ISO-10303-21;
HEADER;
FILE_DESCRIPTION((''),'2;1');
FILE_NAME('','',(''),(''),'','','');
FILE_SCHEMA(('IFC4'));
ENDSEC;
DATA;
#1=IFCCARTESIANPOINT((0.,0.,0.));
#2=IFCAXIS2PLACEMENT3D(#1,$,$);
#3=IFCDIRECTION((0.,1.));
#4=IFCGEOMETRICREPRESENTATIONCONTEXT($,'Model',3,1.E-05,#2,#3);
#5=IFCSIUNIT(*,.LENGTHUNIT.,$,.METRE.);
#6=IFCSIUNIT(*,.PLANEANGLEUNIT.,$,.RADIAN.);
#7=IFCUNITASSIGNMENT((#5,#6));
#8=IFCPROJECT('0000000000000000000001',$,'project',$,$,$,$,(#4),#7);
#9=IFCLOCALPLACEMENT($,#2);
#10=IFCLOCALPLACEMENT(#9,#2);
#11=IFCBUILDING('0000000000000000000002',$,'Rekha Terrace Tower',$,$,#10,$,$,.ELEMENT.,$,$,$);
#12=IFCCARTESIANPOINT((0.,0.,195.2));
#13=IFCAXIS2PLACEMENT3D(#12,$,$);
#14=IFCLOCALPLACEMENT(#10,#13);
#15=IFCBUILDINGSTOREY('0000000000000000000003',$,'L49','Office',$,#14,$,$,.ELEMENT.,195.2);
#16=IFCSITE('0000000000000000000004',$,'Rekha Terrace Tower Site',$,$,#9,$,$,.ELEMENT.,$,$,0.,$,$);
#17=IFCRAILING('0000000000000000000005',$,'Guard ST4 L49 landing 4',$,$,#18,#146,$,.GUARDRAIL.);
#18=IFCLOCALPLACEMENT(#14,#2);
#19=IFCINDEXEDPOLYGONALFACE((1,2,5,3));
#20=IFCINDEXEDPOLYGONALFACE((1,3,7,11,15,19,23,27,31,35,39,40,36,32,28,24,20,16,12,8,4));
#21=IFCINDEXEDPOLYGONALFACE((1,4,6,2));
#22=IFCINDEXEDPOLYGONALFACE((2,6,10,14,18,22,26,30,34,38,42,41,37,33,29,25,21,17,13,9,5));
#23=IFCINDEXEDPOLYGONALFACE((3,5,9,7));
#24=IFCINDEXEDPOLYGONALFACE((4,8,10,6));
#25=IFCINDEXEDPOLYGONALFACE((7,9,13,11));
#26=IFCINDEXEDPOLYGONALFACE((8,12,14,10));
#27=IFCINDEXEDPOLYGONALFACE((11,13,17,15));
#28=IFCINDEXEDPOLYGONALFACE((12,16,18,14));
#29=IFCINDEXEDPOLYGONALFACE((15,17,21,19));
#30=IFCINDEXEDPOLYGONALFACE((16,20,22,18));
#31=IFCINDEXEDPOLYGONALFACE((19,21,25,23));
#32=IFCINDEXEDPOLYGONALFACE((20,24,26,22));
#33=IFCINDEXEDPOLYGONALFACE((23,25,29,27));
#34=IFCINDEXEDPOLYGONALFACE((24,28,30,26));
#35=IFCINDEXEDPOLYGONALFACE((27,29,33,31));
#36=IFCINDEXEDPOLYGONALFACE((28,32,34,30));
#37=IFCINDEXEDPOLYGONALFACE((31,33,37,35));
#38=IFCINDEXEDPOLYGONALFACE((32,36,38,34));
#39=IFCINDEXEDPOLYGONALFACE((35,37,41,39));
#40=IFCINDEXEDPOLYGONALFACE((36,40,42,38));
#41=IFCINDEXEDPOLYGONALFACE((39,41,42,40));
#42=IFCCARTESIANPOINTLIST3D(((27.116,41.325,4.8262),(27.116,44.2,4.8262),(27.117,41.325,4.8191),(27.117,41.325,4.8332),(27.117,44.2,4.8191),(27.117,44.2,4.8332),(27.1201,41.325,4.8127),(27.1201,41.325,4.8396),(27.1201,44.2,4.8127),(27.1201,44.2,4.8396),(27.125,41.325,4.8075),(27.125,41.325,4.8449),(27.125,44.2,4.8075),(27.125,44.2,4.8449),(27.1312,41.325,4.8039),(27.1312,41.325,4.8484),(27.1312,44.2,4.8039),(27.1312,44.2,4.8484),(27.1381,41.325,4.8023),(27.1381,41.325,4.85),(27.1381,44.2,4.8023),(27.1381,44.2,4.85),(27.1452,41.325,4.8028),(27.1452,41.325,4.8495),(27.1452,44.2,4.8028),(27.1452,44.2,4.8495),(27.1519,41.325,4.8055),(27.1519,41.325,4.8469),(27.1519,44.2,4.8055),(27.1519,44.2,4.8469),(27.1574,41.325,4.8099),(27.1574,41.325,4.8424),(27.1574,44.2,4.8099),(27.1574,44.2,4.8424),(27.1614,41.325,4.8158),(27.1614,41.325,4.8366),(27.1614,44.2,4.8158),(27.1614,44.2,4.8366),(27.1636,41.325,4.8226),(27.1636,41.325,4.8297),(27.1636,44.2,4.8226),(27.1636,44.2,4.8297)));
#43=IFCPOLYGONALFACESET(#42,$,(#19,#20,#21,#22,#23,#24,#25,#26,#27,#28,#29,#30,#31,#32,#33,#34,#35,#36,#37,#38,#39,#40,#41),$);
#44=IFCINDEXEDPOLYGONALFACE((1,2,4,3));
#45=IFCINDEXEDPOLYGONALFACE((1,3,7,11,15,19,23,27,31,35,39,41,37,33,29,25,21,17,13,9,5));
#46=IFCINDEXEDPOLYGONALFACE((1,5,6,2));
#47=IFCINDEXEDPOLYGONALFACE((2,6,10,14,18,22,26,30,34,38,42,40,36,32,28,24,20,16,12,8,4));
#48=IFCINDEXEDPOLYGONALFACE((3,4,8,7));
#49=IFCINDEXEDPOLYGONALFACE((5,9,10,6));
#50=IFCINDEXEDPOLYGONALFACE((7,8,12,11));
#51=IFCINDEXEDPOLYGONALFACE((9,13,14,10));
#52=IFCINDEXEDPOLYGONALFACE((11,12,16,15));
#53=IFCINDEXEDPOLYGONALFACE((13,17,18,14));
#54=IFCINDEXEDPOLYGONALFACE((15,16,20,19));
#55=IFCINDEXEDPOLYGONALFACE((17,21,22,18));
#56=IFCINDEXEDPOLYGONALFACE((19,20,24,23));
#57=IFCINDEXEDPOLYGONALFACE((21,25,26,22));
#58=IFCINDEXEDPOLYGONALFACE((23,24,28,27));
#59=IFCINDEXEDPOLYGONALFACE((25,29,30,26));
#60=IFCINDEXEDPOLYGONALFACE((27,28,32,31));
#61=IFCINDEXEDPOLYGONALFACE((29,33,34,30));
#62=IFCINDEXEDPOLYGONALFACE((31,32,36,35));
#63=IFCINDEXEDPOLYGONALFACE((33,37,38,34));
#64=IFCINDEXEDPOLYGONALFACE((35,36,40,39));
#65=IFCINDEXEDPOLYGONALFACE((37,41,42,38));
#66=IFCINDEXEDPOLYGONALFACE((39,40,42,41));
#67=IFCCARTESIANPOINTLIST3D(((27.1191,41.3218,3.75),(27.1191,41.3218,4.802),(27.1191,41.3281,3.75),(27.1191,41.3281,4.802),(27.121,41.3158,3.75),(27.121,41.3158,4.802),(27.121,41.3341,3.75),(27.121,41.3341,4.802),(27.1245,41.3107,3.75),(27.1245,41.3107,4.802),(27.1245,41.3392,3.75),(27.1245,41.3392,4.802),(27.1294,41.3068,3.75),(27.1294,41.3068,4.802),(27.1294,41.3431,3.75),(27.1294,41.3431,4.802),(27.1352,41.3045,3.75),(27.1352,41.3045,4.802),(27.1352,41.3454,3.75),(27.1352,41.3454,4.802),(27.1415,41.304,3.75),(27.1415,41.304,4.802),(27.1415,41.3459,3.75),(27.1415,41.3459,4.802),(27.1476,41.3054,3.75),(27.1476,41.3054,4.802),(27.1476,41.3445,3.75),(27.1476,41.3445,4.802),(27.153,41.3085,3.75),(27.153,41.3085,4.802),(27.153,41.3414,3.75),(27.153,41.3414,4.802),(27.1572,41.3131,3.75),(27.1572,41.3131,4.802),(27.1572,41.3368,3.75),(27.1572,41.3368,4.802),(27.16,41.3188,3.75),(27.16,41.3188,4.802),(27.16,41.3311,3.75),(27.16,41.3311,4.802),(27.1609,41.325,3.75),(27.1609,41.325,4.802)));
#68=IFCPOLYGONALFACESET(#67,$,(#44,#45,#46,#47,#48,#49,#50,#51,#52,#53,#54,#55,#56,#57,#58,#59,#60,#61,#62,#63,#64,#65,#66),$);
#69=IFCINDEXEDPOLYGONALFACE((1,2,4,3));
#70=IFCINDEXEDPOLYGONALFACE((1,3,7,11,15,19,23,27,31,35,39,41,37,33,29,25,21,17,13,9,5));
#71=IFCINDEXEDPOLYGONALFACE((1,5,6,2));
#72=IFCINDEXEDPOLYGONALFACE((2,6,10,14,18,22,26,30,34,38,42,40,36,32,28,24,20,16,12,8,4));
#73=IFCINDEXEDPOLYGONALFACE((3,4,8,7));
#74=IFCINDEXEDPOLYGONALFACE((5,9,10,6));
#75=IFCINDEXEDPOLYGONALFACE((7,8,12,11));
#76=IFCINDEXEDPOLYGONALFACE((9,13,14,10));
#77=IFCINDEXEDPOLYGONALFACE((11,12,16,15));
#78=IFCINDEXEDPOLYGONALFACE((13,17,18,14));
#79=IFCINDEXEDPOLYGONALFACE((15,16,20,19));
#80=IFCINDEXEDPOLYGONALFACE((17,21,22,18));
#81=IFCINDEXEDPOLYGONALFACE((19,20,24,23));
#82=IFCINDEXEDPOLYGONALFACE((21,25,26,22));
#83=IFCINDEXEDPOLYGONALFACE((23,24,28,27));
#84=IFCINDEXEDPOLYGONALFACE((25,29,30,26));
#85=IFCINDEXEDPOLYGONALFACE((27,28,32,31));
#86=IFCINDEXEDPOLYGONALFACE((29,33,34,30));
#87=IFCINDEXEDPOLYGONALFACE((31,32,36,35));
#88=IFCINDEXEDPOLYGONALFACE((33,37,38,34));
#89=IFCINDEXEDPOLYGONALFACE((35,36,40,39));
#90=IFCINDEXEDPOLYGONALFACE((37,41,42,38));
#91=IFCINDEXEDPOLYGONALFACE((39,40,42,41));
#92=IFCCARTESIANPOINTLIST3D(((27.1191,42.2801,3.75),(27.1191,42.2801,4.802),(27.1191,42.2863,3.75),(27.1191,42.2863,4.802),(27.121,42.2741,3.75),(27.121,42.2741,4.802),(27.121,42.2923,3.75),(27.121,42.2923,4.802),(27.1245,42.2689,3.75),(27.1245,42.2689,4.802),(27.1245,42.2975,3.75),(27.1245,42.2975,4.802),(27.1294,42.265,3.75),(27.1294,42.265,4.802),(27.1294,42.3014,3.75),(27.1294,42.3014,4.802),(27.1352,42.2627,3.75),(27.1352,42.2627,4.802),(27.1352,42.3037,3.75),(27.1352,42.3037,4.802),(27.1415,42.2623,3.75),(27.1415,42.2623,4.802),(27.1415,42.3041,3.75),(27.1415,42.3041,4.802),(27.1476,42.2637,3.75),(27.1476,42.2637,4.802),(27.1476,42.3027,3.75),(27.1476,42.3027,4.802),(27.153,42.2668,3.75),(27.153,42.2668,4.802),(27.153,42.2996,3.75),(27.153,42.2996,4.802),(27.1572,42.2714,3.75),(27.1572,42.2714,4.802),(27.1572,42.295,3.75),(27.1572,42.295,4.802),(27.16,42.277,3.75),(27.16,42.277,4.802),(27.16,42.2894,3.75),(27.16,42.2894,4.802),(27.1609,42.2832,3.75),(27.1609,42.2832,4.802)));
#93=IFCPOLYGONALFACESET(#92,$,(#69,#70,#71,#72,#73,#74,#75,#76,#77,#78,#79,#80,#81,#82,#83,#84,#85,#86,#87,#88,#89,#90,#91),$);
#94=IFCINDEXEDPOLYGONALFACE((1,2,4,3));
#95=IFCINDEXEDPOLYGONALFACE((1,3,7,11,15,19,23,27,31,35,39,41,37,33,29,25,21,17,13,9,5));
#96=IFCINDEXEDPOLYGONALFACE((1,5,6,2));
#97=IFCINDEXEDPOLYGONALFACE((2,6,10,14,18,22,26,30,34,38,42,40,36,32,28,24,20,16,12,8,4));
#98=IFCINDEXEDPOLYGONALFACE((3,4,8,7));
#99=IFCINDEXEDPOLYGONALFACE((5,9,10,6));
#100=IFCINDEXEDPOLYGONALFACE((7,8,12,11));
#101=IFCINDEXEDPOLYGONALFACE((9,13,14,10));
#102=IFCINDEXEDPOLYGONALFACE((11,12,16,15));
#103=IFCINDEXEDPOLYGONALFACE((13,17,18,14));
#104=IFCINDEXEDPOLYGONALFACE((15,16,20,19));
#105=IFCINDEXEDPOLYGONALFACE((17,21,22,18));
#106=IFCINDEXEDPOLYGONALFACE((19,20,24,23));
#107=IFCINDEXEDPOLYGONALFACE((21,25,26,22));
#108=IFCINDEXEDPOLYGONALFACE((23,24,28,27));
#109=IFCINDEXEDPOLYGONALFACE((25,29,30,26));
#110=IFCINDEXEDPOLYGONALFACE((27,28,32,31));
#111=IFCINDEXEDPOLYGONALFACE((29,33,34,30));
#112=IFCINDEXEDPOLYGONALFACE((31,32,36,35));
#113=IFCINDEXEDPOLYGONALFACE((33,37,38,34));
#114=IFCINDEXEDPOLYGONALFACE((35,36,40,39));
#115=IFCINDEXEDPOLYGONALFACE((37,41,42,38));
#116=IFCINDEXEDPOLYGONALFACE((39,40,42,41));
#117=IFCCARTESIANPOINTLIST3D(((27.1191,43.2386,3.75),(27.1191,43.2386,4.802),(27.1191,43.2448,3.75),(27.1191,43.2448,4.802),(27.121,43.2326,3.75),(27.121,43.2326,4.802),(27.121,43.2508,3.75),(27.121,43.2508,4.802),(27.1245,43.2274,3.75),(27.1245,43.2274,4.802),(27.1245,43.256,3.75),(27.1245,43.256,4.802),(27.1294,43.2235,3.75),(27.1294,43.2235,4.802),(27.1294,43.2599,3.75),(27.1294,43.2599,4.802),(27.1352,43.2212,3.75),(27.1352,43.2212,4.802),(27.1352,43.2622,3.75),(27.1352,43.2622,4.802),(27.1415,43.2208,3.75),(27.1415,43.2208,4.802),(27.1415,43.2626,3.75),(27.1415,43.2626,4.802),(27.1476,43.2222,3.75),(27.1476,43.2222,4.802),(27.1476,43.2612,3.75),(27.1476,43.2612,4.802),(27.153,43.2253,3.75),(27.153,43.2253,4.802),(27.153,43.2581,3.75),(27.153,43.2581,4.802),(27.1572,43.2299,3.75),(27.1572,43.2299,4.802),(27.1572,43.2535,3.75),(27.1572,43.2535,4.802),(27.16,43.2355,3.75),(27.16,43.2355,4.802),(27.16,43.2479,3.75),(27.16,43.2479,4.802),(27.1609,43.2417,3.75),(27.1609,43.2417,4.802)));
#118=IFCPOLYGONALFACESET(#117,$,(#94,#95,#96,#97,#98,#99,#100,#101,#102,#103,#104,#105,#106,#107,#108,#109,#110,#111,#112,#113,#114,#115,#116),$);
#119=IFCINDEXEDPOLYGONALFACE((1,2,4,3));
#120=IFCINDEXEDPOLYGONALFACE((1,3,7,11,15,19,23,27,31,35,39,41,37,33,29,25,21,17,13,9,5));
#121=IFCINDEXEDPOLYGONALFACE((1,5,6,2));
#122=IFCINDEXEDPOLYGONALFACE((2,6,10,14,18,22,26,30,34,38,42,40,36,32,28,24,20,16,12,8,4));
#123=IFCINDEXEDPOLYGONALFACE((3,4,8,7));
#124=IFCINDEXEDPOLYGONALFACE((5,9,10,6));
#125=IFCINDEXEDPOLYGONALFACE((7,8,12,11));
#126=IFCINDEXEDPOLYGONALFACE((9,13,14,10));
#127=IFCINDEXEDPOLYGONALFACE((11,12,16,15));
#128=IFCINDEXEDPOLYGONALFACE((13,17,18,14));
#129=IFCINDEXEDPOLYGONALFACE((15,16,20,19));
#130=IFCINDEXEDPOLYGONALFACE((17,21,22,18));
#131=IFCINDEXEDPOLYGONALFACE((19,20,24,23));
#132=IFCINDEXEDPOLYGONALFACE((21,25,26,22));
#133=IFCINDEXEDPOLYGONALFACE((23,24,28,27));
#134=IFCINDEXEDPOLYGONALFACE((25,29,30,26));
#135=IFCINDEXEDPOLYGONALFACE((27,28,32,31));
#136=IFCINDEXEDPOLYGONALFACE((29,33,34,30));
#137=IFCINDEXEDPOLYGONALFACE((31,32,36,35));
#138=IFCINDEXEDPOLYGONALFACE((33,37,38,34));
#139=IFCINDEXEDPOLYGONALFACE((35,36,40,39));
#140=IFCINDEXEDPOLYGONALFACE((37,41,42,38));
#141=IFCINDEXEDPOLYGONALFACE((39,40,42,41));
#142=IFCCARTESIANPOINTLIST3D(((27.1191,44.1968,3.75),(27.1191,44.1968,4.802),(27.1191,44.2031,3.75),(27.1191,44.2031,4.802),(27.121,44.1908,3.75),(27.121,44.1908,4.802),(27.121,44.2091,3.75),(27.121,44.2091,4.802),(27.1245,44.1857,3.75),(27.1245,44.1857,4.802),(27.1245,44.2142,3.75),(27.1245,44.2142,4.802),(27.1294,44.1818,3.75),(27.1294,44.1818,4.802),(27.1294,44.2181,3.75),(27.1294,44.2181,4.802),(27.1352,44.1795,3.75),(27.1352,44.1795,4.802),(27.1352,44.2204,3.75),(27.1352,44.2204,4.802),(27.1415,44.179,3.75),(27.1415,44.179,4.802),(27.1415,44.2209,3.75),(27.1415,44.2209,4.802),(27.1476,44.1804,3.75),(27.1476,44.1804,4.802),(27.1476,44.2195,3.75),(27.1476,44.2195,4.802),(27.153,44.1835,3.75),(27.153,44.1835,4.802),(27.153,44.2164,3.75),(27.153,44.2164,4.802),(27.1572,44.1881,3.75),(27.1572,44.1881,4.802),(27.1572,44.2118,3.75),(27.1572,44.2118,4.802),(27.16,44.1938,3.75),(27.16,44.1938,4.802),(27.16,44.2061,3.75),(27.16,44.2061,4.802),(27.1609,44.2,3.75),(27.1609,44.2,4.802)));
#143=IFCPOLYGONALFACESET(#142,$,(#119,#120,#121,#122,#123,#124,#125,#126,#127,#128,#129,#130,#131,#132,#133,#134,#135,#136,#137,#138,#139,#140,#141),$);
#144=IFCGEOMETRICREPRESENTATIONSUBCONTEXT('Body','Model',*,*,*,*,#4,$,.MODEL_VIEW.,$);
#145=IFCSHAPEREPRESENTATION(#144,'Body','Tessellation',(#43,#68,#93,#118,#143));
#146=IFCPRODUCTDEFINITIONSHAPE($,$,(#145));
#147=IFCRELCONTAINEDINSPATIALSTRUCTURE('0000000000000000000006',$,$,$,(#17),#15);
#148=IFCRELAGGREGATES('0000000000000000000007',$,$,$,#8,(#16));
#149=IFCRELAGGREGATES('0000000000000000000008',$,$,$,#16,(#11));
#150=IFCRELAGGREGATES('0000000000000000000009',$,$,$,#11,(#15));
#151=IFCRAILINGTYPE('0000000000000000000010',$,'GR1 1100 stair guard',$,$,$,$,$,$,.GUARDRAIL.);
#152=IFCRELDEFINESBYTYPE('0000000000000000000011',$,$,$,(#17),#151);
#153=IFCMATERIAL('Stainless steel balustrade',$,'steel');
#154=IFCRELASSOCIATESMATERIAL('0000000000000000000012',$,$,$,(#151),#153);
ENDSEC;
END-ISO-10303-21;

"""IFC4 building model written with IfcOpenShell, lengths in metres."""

from ifc_helpers import new_model, si_unit, direction, frame, origin, origin_2d, place, context, subcontext, project, spatial, circle, extrude, material, type_object, element, save


model = new_model("IFC4")

# Units and contexts
model_context = context("Model", 3, precision=1e-05, world=origin(), true_north=direction((0.0, 1.0)))
body_context = subcontext(model_context, "Body", "Model", "MODEL_VIEW")
ifc_project = project(units=[si_unit("LENGTHUNIT", "METRE"), si_unit("PLANEANGLEUNIT", "RADIAN")], contexts=[model_context])

# Site, building, storey
site_placement = place(None, origin())
site = spatial("IfcSite", under=ifc_project, at=site_placement, Name="Rekha Terrace Tower Site", CompositionType="ELEMENT", RefElevation=0.0)
building_placement = place(site_placement, origin())
building = spatial("IfcBuilding", under=site, at=building_placement, Name="Rekha Terrace Tower", CompositionType="ELEMENT")
storey_placement = place(building_placement, frame((0.0, 0.0, 195.2)))
storey = spatial("IfcBuildingStorey", under=building, at=storey_placement, Name="L49", Description="Office", CompositionType="ELEMENT", Elevation=195.2)

# Railing
ifc_material_1 = material(Name="Stainless steel balustrade", Category="steel")
railing_type_1 = type_object("IfcRailingType", Name="GR1 1100 stair guard", PredefinedType="GUARDRAIL", material=ifc_material_1)
railing_1_placement = place(storey_placement, frame((27.1399, 41.325, 3.75)))
element("IfcRailing", 1, at=railing_1_placement, inside=storey, type_object=railing_type_1, Name="Guard ST4 L49 landing 4", PredefinedType="GUARDRAIL", context=body_context, shape_type="SweptSolid", body=[
    extrude(circle(Radius=0.0239, at=origin_2d()), frame((0.0, 0.0, 1.0762), z_axis=(0.0, 1.0, 0.0), x_axis=(-1.0, 0.0, 0.0)), (0.0, 0.0, 1.0), 2.875),
    extrude(circle(Radius=0.021, at=origin_2d()), origin(), (0.0, 0.0, 1.0), 1.052),
    extrude(circle(Radius=0.021, at=origin_2d()), frame((0.0, 0.9583, 0.0)), (0.0, 0.0, 1.0), 1.052),
    extrude(circle(Radius=0.021, at=origin_2d()), frame((0.0, 1.9167, 0.0)), (0.0, 0.0, 1.0), 1.052),
    extrude(circle(Radius=0.021, at=origin_2d()), frame((0.0, 2.875, 0.0)), (0.0, 0.0, 1.0), 1.052),
])

save(model, "model.ifc")
